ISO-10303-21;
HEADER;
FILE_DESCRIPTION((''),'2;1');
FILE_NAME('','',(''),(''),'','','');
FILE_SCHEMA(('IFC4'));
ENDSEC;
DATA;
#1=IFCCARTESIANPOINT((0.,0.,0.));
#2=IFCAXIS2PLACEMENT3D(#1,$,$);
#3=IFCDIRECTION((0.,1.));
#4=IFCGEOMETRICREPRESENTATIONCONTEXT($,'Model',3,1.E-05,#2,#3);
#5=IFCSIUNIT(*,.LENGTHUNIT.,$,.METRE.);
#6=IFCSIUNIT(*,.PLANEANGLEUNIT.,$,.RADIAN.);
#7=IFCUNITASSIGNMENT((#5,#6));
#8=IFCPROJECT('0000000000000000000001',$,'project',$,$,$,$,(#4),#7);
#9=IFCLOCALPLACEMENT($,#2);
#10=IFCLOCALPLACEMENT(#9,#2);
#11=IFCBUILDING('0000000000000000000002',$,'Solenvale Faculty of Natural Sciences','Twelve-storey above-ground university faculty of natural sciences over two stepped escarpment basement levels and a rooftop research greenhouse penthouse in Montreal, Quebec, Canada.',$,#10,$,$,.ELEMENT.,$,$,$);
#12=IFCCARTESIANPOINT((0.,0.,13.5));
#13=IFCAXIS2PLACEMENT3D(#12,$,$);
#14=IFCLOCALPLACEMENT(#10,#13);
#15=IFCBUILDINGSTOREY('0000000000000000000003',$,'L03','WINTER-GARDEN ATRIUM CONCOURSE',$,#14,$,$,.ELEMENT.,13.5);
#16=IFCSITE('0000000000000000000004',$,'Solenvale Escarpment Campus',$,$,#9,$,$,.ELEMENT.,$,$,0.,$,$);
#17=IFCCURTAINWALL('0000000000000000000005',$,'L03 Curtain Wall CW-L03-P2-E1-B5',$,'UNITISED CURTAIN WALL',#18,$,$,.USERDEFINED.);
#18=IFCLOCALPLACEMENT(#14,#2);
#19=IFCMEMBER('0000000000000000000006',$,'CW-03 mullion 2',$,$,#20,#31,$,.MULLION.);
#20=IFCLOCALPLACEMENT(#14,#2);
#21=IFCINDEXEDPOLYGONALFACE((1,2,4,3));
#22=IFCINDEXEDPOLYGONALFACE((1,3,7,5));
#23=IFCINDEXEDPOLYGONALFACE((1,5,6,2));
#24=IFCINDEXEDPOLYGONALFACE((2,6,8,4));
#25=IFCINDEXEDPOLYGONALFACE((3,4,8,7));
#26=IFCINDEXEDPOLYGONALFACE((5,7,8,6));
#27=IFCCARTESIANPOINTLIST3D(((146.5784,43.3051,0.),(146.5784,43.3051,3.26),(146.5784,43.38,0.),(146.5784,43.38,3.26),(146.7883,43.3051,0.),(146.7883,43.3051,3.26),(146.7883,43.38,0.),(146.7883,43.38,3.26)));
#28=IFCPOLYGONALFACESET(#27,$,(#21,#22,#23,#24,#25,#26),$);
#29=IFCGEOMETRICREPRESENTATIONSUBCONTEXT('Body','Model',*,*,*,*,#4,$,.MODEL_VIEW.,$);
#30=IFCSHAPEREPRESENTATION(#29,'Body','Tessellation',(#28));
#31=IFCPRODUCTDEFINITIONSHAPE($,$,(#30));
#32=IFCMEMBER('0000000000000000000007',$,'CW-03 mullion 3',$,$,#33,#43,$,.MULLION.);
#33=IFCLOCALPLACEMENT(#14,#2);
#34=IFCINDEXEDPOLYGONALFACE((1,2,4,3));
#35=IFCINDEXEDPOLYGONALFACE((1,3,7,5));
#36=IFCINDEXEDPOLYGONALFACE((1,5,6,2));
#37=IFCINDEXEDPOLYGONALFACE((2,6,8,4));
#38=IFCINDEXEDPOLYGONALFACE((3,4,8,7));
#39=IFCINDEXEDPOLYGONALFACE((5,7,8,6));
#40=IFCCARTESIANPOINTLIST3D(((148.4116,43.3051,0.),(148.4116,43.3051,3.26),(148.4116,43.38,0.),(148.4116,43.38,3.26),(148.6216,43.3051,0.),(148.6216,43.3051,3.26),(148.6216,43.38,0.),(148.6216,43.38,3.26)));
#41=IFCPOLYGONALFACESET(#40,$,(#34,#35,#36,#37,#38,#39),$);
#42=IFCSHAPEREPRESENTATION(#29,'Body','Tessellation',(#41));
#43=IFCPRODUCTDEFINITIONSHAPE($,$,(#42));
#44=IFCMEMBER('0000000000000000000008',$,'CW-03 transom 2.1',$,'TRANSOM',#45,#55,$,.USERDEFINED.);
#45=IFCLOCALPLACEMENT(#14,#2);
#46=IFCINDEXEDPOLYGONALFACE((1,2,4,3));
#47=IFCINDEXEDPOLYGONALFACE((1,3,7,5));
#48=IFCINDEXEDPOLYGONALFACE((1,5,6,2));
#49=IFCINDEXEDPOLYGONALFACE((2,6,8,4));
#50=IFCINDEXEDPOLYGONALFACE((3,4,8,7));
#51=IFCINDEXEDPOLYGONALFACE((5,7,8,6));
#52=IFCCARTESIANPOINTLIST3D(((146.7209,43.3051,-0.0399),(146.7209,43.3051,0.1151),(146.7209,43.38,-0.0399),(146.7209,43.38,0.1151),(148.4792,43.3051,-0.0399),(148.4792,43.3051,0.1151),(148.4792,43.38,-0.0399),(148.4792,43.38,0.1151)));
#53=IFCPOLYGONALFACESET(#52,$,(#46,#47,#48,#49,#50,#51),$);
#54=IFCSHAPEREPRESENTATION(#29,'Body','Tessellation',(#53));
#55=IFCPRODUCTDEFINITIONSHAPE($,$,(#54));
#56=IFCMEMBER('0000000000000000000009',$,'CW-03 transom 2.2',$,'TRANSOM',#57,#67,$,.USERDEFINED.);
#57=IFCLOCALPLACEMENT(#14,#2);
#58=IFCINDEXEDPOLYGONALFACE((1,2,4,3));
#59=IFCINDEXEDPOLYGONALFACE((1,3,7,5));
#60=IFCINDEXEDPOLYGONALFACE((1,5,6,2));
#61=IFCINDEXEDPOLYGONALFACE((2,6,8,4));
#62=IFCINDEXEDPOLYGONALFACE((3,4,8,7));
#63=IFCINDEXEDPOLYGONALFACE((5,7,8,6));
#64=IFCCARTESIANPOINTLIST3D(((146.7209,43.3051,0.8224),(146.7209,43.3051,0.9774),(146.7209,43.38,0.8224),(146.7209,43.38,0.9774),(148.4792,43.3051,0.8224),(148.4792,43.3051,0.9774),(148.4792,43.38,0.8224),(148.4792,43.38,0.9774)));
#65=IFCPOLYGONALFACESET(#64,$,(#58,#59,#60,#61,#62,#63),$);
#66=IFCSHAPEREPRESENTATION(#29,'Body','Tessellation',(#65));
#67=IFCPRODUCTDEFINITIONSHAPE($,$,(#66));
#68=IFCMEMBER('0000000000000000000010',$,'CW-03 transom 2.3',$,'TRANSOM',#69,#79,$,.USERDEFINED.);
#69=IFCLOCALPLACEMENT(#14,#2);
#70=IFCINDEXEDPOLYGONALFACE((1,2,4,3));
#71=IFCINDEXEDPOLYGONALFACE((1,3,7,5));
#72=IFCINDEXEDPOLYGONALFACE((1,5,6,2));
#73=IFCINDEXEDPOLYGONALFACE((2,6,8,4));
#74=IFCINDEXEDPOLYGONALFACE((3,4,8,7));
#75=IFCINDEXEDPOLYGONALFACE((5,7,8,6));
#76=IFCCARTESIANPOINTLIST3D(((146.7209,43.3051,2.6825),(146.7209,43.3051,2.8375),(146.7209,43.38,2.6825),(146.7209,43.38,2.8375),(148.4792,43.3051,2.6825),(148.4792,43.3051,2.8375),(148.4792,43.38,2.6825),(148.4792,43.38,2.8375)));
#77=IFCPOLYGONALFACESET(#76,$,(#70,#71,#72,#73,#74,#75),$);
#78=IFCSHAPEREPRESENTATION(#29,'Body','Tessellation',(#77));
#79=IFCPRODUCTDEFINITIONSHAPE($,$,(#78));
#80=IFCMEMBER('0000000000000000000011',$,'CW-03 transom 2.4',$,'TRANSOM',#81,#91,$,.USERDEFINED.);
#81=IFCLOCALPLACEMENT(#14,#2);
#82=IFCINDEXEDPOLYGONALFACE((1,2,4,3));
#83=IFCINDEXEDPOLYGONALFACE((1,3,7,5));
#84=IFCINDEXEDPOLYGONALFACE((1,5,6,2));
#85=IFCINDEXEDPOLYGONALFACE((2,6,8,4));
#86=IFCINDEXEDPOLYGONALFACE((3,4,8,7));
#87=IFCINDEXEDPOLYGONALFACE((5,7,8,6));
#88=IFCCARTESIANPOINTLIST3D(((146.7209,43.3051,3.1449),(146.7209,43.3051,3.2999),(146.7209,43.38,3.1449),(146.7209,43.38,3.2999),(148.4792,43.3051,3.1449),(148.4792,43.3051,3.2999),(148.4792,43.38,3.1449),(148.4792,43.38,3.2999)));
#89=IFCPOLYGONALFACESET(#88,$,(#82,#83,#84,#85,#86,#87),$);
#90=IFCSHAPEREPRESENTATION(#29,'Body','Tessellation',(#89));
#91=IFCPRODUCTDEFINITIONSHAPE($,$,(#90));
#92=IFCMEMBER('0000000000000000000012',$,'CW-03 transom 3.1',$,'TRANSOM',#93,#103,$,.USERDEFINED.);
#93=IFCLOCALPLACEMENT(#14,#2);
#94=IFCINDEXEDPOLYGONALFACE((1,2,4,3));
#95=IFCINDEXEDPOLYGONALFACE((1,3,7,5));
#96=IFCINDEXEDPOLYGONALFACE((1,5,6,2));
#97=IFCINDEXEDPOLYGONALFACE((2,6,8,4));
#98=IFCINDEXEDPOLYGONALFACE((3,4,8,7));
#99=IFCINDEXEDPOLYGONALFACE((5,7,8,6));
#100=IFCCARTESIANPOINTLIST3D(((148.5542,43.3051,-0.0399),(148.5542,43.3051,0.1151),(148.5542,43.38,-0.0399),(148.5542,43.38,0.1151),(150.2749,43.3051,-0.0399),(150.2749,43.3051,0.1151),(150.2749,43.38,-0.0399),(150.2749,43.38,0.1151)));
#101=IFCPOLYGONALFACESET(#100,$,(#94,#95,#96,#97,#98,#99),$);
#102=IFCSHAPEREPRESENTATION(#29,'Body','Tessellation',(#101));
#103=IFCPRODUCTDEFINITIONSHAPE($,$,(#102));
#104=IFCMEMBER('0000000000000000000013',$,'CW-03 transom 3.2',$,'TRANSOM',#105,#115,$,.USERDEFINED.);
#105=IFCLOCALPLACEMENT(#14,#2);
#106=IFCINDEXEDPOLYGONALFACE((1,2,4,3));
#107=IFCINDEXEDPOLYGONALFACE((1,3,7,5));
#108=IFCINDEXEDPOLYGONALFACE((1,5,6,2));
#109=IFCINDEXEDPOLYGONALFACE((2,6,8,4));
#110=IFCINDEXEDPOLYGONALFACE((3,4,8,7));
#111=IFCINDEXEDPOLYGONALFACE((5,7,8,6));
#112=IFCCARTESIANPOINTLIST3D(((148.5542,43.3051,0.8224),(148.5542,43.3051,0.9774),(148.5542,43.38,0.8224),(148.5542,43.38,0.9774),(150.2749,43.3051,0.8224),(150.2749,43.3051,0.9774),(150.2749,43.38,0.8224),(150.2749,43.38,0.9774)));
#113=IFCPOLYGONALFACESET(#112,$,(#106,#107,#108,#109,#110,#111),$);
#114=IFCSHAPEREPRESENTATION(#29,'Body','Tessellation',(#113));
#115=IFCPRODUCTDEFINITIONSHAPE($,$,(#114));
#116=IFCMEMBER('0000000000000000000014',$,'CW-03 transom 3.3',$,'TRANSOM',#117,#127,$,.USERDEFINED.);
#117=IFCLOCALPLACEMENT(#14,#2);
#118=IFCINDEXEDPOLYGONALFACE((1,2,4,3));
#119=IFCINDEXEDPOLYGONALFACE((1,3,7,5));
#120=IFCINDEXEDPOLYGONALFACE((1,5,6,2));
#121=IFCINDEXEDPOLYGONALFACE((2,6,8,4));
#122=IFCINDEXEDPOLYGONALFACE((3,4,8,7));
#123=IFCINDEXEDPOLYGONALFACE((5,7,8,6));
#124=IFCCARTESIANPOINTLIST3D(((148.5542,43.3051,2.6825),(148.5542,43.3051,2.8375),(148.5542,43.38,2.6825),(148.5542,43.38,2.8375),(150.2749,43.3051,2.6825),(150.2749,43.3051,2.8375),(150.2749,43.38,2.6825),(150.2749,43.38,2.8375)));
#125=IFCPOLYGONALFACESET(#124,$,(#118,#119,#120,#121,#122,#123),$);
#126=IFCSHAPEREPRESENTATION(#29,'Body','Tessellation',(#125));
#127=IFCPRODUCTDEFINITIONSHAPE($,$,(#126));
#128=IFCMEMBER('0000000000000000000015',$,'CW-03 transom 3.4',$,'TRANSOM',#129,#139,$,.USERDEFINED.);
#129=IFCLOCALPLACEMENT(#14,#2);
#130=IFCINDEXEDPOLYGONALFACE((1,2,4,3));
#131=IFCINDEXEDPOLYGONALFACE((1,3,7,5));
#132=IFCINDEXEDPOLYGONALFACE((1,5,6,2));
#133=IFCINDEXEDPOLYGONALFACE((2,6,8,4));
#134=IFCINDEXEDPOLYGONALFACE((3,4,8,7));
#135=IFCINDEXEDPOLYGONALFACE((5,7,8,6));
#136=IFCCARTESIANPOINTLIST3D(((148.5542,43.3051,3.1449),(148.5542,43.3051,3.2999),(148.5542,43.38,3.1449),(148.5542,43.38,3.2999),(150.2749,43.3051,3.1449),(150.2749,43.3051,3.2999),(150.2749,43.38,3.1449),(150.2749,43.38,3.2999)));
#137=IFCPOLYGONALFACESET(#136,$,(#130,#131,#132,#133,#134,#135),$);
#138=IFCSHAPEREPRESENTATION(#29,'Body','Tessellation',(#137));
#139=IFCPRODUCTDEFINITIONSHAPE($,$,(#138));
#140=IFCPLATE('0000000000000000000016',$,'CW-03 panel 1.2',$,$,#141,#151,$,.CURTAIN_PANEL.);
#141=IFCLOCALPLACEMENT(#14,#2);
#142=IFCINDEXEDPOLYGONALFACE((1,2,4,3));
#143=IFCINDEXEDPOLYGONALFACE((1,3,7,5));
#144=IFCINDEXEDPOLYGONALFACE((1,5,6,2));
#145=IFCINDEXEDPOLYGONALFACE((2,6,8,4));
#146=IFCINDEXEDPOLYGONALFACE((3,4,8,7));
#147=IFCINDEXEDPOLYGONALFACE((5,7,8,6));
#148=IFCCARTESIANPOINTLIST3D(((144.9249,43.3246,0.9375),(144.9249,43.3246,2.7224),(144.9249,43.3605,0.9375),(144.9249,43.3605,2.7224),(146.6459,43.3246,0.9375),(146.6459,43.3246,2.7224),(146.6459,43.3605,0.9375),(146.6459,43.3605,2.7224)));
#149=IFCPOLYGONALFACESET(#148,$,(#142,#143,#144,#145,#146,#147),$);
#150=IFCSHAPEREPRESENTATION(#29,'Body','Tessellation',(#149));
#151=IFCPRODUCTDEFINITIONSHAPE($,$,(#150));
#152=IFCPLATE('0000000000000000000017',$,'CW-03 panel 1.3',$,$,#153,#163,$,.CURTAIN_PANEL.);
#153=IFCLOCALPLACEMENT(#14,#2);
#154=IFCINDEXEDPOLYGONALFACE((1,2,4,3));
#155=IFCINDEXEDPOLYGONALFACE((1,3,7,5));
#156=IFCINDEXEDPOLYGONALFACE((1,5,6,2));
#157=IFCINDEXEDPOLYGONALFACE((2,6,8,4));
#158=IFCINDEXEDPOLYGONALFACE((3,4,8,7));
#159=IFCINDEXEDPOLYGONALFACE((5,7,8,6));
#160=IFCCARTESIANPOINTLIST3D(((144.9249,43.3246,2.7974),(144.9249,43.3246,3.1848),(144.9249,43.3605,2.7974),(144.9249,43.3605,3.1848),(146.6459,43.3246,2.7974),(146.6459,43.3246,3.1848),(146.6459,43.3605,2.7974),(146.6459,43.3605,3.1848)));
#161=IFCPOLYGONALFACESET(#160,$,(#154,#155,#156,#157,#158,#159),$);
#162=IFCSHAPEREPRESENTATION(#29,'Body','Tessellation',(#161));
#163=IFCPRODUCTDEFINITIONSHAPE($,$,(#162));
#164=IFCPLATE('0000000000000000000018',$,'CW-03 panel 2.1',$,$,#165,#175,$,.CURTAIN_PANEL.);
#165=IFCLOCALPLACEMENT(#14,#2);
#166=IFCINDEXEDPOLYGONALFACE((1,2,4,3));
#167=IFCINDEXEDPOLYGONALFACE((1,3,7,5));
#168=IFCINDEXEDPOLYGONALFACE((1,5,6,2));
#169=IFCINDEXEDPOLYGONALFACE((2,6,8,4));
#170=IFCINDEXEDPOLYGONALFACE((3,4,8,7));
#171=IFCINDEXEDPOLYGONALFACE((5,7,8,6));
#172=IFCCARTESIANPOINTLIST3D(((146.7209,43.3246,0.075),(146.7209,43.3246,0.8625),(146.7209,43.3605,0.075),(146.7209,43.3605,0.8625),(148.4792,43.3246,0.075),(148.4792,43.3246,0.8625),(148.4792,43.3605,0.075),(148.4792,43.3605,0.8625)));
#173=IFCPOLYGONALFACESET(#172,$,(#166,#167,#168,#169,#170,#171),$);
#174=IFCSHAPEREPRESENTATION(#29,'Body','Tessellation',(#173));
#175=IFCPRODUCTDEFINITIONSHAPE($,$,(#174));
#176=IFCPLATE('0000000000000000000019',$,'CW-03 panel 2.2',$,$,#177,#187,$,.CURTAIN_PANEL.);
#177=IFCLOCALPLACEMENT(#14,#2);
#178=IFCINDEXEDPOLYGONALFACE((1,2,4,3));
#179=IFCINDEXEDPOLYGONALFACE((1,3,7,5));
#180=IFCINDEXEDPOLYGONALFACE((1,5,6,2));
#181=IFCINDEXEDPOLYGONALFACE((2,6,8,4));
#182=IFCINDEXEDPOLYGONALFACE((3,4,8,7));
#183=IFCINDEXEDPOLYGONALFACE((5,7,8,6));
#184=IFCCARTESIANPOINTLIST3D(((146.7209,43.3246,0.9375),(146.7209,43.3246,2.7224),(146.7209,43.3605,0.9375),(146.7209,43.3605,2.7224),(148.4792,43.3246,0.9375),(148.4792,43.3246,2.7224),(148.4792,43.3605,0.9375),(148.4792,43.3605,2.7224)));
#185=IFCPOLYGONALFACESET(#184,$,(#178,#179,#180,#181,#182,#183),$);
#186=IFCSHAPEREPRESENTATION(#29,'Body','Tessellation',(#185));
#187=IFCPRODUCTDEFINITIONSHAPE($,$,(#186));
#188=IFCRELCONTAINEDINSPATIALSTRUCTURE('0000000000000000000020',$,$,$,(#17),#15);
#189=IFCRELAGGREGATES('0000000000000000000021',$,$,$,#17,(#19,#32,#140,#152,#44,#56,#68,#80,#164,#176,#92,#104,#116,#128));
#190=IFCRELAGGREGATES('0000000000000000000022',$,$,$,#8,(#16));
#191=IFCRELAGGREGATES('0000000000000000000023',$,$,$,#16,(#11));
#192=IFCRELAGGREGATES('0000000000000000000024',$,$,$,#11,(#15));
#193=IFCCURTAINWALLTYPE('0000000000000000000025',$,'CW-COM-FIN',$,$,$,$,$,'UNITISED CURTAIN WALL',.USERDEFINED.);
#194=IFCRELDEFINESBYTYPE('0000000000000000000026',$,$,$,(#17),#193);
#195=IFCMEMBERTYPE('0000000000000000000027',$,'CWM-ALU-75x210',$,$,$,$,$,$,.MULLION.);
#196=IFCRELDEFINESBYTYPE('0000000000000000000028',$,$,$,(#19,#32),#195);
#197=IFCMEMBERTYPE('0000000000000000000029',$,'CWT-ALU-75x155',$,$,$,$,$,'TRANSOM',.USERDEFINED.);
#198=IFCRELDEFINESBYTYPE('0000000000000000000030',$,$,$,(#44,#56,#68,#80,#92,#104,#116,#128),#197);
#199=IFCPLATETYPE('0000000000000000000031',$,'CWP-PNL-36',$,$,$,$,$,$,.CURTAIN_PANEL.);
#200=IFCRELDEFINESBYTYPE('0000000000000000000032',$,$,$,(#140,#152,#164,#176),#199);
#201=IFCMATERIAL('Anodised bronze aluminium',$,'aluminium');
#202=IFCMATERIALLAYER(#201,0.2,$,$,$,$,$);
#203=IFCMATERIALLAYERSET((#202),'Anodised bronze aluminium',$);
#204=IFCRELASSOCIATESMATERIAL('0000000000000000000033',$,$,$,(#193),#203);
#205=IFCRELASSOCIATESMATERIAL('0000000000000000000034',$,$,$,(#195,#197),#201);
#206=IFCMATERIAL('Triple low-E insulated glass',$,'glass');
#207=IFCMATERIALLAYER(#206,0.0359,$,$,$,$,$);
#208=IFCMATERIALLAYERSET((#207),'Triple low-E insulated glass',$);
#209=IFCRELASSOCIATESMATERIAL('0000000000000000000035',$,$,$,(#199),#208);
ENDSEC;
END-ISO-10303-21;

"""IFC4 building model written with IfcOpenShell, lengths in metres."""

from ifc_helpers import new_model, si_unit, direction, frame, origin, origin_2d, place, context, subcontext, project, spatial, rectangle, extrude, material, layer, layer_set, material_profile, profile_set, type_object, element, aggregate, save


model = new_model("IFC4")

# Units and contexts
model_context = context("Model", 3, precision=1e-05, world=origin(), true_north=direction((0.0, 1.0)))
body_context = subcontext(model_context, "Body", "Model", "MODEL_VIEW")
ifc_project = project(units=[si_unit("LENGTHUNIT", "METRE"), si_unit("PLANEANGLEUNIT", "RADIAN")], contexts=[model_context])

# Site, building, storey
site_placement = place(None, origin())
site = spatial("IfcSite", under=ifc_project, at=site_placement, Name="Solenvale Escarpment Campus", CompositionType="ELEMENT", RefElevation=0.0)
building_placement = place(site_placement, origin())
building = spatial("IfcBuilding", under=site, at=building_placement, Name="Solenvale Faculty of Natural Sciences", Description="Twelve-storey above-ground university faculty of natural sciences over two stepped escarpment basement levels and a rooftop research greenhouse penthouse in Montreal, Quebec, Canada.", CompositionType="ELEMENT")
storey_placement = place(building_placement, frame((0.0, 0.0, 13.5)))
storey = spatial("IfcBuildingStorey", under=building, at=storey_placement, Name="L03", Description="WINTER-GARDEN ATRIUM CONCOURSE", CompositionType="ELEMENT", Elevation=13.5)

# Curtain wall, members, plates
ifc_material_1 = material(Name="Anodised bronze aluminium", Category="aluminium")
ifc_layer_1 = layer(ifc_material_1, 0.2)
ifc_layer_set_1 = layer_set([ifc_layer_1], Name="Anodised bronze aluminium")
curtain_wall_type = type_object("IfcCurtainWallType", Name="CW-COM-FIN", ElementType="UNITISED CURTAIN WALL", PredefinedType="USERDEFINED", material=ifc_layer_set_1)
curtain_wall_placement = place(storey_placement, origin())
curtain_wall = element("IfcCurtainWall", 1, at=curtain_wall_placement, inside=storey, type_object=curtain_wall_type, Name="L03 Curtain Wall CW-L03-P2-E1-B5", ObjectType="UNITISED CURTAIN WALL", PredefinedType="USERDEFINED")
ifc_material_profile_1 = material_profile(ifc_material_1, rectangle(XDim=0.075, YDim=0.21, at=origin_2d()), Name="ALU-MUL-75x210")
ifc_profile_set_1 = profile_set([ifc_material_profile_1], Name="Anodised bronze aluminium")
member_type_1 = type_object("IfcMemberType", Name="CWM-ALU-75x210", PredefinedType="MULLION", material=ifc_profile_set_1)
member_1_placement = place(storey_placement, frame((146.6833, 43.3425, 0.0), z_axis=(0.0, 0.0, 1.0), x_axis=(0.0, 1.0, 0.0)))
member_1 = element("IfcMember", 2, at=member_1_placement, type_object=member_type_1, Name="CW-03 mullion 2", PredefinedType="MULLION", context=body_context, shape_type="SweptSolid", body=[
    extrude(rectangle(XDim=0.075, YDim=0.21, at=origin_2d()), origin(), (0.0, 0.0, 1.0), 3.26),
])
member_2_placement = place(storey_placement, frame((148.5166, 43.3425, 0.0), z_axis=(0.0, 0.0, 1.0), x_axis=(0.0, 1.0, 0.0)))
member_2 = element("IfcMember", 3, at=member_2_placement, type_object=member_type_1, Name="CW-03 mullion 3", PredefinedType="MULLION", context=body_context, shape_type="SweptSolid", body=[
    extrude(rectangle(XDim=0.075, YDim=0.21, at=origin_2d()), origin(), (0.0, 0.0, 1.0), 3.26),
])
ifc_material_profile_2 = material_profile(ifc_material_1, rectangle(XDim=0.075, YDim=0.155, at=origin_2d()), Name="ALU-TRN-75x155")
ifc_profile_set_2 = profile_set([ifc_material_profile_2], Name="Anodised bronze aluminium")
member_type_2 = type_object("IfcMemberType", Name="CWT-ALU-75x155", ElementType="TRANSOM", PredefinedType="USERDEFINED", material=ifc_profile_set_2)
member_3_placement = place(storey_placement, frame((146.7209, 43.3425, 0.0376), z_axis=(1.0, 0.0, 0.0), x_axis=(0.0, 1.0, 0.0)))
member_3 = element("IfcMember", 4, at=member_3_placement, type_object=member_type_2, Name="CW-03 transom 2.1", ObjectType="TRANSOM", PredefinedType="USERDEFINED", context=body_context, shape_type="SweptSolid", body=[
    extrude(rectangle(XDim=0.075, YDim=0.155, at=origin_2d()), origin(), (0.0, 0.0, 1.0), 1.7583),
])
member_4_placement = place(storey_placement, frame((146.7209, 43.3425, 0.8999), z_axis=(1.0, 0.0, 0.0), x_axis=(0.0, 1.0, 0.0)))
member_4 = element("IfcMember", 5, at=member_4_placement, type_object=member_type_2, Name="CW-03 transom 2.2", ObjectType="TRANSOM", PredefinedType="USERDEFINED", context=body_context, shape_type="SweptSolid", body=[
    extrude(rectangle(XDim=0.075, YDim=0.155, at=origin_2d()), origin(), (0.0, 0.0, 1.0), 1.7583),
])
member_5_placement = place(storey_placement, frame((146.7209, 43.3425, 2.76), z_axis=(1.0, 0.0, 0.0), x_axis=(0.0, 1.0, 0.0)))
member_5 = element("IfcMember", 6, at=member_5_placement, type_object=member_type_2, Name="CW-03 transom 2.3", ObjectType="TRANSOM", PredefinedType="USERDEFINED", context=body_context, shape_type="SweptSolid", body=[
    extrude(rectangle(XDim=0.075, YDim=0.155, at=origin_2d()), origin(), (0.0, 0.0, 1.0), 1.7583),
])
member_6_placement = place(storey_placement, frame((146.7209, 43.3425, 3.2224), z_axis=(1.0, 0.0, 0.0), x_axis=(0.0, 1.0, 0.0)))
member_6 = element("IfcMember", 7, at=member_6_placement, type_object=member_type_2, Name="CW-03 transom 2.4", ObjectType="TRANSOM", PredefinedType="USERDEFINED", context=body_context, shape_type="SweptSolid", body=[
    extrude(rectangle(XDim=0.075, YDim=0.155, at=origin_2d()), origin(), (0.0, 0.0, 1.0), 1.7583),
])
member_7_placement = place(storey_placement, frame((148.5542, 43.3425, 0.0376), z_axis=(1.0, 0.0, 0.0), x_axis=(0.0, 1.0, 0.0)))
member_7 = element("IfcMember", 8, at=member_7_placement, type_object=member_type_2, Name="CW-03 transom 3.1", ObjectType="TRANSOM", PredefinedType="USERDEFINED", context=body_context, shape_type="SweptSolid", body=[
    extrude(rectangle(XDim=0.075, YDim=0.155, at=origin_2d()), origin(), (0.0, 0.0, 1.0), 1.7207),
])
member_8_placement = place(storey_placement, frame((148.5542, 43.3425, 0.8999), z_axis=(1.0, 0.0, 0.0), x_axis=(0.0, 1.0, 0.0)))
member_8 = element("IfcMember", 9, at=member_8_placement, type_object=member_type_2, Name="CW-03 transom 3.2", ObjectType="TRANSOM", PredefinedType="USERDEFINED", context=body_context, shape_type="SweptSolid", body=[
    extrude(rectangle(XDim=0.075, YDim=0.155, at=origin_2d()), origin(), (0.0, 0.0, 1.0), 1.7207),
])
member_9_placement = place(storey_placement, frame((148.5542, 43.3425, 2.76), z_axis=(1.0, 0.0, 0.0), x_axis=(0.0, 1.0, 0.0)))
member_9 = element("IfcMember", 10, at=member_9_placement, type_object=member_type_2, Name="CW-03 transom 3.3", ObjectType="TRANSOM", PredefinedType="USERDEFINED", context=body_context, shape_type="SweptSolid", body=[
    extrude(rectangle(XDim=0.075, YDim=0.155, at=origin_2d()), origin(), (0.0, 0.0, 1.0), 1.7207),
])
member_10_placement = place(storey_placement, frame((148.5542, 43.3425, 3.2224), z_axis=(1.0, 0.0, 0.0), x_axis=(0.0, 1.0, 0.0)))
member_10 = element("IfcMember", 11, at=member_10_placement, type_object=member_type_2, Name="CW-03 transom 3.4", ObjectType="TRANSOM", PredefinedType="USERDEFINED", context=body_context, shape_type="SweptSolid", body=[
    extrude(rectangle(XDim=0.075, YDim=0.155, at=origin_2d()), origin(), (0.0, 0.0, 1.0), 1.7207),
])
ifc_material_2 = material(Name="Triple low-E insulated glass", Category="glass")
ifc_layer_2 = layer(ifc_material_2, 0.0359)
ifc_layer_set_2 = layer_set([ifc_layer_2], Name="Triple low-E insulated glass")
plate_type = type_object("IfcPlateType", Name="CWP-PNL-36", PredefinedType="CURTAIN_PANEL", material=ifc_layer_set_2)
plate_1_placement = place(storey_placement, frame((145.7854, 43.3425, 0.9375), z_axis=(0.0, 0.0, 1.0), x_axis=(1.0, 0.0, 0.0)))
plate_1 = element("IfcPlate", 12, at=plate_1_placement, type_object=plate_type, Name="CW-03 panel 1.2", PredefinedType="CURTAIN_PANEL", context=body_context, shape_type="SweptSolid", body=[
    extrude(rectangle(XDim=1.7209, YDim=0.0359, at=origin_2d()), origin(), (0.0, 0.0, 1.0), 1.7849),
])
plate_2_placement = place(storey_placement, frame((145.7854, 43.3425, 2.7974), z_axis=(0.0, 0.0, 1.0), x_axis=(1.0, 0.0, 0.0)))
plate_2 = element("IfcPlate", 13, at=plate_2_placement, type_object=plate_type, Name="CW-03 panel 1.3", PredefinedType="CURTAIN_PANEL", context=body_context, shape_type="SweptSolid", body=[
    extrude(rectangle(XDim=1.7209, YDim=0.0359, at=origin_2d()), origin(), (0.0, 0.0, 1.0), 0.3875),
])
plate_3_placement = place(storey_placement, frame((147.6001, 43.3425, 0.075), z_axis=(0.0, 0.0, 1.0), x_axis=(1.0, 0.0, 0.0)))
plate_3 = element("IfcPlate", 14, at=plate_3_placement, type_object=plate_type, Name="CW-03 panel 2.1", PredefinedType="CURTAIN_PANEL", context=body_context, shape_type="SweptSolid", body=[
    extrude(rectangle(XDim=1.7583, YDim=0.0359, at=origin_2d()), origin(), (0.0, 0.0, 1.0), 0.7876),
])
plate_4_placement = place(storey_placement, frame((147.6001, 43.3425, 0.9375), z_axis=(0.0, 0.0, 1.0), x_axis=(1.0, 0.0, 0.0)))
plate_4 = element("IfcPlate", 15, at=plate_4_placement, type_object=plate_type, Name="CW-03 panel 2.2", PredefinedType="CURTAIN_PANEL", context=body_context, shape_type="SweptSolid", body=[
    extrude(rectangle(XDim=1.7583, YDim=0.0359, at=origin_2d()), origin(), (0.0, 0.0, 1.0), 1.7849),
])
aggregate(curtain_wall, [member_1, member_2, plate_1, plate_2, member_3, member_4, member_5, member_6, plate_3, plate_4, member_7, member_8, member_9, member_10])

save(model, "model.ifc")
